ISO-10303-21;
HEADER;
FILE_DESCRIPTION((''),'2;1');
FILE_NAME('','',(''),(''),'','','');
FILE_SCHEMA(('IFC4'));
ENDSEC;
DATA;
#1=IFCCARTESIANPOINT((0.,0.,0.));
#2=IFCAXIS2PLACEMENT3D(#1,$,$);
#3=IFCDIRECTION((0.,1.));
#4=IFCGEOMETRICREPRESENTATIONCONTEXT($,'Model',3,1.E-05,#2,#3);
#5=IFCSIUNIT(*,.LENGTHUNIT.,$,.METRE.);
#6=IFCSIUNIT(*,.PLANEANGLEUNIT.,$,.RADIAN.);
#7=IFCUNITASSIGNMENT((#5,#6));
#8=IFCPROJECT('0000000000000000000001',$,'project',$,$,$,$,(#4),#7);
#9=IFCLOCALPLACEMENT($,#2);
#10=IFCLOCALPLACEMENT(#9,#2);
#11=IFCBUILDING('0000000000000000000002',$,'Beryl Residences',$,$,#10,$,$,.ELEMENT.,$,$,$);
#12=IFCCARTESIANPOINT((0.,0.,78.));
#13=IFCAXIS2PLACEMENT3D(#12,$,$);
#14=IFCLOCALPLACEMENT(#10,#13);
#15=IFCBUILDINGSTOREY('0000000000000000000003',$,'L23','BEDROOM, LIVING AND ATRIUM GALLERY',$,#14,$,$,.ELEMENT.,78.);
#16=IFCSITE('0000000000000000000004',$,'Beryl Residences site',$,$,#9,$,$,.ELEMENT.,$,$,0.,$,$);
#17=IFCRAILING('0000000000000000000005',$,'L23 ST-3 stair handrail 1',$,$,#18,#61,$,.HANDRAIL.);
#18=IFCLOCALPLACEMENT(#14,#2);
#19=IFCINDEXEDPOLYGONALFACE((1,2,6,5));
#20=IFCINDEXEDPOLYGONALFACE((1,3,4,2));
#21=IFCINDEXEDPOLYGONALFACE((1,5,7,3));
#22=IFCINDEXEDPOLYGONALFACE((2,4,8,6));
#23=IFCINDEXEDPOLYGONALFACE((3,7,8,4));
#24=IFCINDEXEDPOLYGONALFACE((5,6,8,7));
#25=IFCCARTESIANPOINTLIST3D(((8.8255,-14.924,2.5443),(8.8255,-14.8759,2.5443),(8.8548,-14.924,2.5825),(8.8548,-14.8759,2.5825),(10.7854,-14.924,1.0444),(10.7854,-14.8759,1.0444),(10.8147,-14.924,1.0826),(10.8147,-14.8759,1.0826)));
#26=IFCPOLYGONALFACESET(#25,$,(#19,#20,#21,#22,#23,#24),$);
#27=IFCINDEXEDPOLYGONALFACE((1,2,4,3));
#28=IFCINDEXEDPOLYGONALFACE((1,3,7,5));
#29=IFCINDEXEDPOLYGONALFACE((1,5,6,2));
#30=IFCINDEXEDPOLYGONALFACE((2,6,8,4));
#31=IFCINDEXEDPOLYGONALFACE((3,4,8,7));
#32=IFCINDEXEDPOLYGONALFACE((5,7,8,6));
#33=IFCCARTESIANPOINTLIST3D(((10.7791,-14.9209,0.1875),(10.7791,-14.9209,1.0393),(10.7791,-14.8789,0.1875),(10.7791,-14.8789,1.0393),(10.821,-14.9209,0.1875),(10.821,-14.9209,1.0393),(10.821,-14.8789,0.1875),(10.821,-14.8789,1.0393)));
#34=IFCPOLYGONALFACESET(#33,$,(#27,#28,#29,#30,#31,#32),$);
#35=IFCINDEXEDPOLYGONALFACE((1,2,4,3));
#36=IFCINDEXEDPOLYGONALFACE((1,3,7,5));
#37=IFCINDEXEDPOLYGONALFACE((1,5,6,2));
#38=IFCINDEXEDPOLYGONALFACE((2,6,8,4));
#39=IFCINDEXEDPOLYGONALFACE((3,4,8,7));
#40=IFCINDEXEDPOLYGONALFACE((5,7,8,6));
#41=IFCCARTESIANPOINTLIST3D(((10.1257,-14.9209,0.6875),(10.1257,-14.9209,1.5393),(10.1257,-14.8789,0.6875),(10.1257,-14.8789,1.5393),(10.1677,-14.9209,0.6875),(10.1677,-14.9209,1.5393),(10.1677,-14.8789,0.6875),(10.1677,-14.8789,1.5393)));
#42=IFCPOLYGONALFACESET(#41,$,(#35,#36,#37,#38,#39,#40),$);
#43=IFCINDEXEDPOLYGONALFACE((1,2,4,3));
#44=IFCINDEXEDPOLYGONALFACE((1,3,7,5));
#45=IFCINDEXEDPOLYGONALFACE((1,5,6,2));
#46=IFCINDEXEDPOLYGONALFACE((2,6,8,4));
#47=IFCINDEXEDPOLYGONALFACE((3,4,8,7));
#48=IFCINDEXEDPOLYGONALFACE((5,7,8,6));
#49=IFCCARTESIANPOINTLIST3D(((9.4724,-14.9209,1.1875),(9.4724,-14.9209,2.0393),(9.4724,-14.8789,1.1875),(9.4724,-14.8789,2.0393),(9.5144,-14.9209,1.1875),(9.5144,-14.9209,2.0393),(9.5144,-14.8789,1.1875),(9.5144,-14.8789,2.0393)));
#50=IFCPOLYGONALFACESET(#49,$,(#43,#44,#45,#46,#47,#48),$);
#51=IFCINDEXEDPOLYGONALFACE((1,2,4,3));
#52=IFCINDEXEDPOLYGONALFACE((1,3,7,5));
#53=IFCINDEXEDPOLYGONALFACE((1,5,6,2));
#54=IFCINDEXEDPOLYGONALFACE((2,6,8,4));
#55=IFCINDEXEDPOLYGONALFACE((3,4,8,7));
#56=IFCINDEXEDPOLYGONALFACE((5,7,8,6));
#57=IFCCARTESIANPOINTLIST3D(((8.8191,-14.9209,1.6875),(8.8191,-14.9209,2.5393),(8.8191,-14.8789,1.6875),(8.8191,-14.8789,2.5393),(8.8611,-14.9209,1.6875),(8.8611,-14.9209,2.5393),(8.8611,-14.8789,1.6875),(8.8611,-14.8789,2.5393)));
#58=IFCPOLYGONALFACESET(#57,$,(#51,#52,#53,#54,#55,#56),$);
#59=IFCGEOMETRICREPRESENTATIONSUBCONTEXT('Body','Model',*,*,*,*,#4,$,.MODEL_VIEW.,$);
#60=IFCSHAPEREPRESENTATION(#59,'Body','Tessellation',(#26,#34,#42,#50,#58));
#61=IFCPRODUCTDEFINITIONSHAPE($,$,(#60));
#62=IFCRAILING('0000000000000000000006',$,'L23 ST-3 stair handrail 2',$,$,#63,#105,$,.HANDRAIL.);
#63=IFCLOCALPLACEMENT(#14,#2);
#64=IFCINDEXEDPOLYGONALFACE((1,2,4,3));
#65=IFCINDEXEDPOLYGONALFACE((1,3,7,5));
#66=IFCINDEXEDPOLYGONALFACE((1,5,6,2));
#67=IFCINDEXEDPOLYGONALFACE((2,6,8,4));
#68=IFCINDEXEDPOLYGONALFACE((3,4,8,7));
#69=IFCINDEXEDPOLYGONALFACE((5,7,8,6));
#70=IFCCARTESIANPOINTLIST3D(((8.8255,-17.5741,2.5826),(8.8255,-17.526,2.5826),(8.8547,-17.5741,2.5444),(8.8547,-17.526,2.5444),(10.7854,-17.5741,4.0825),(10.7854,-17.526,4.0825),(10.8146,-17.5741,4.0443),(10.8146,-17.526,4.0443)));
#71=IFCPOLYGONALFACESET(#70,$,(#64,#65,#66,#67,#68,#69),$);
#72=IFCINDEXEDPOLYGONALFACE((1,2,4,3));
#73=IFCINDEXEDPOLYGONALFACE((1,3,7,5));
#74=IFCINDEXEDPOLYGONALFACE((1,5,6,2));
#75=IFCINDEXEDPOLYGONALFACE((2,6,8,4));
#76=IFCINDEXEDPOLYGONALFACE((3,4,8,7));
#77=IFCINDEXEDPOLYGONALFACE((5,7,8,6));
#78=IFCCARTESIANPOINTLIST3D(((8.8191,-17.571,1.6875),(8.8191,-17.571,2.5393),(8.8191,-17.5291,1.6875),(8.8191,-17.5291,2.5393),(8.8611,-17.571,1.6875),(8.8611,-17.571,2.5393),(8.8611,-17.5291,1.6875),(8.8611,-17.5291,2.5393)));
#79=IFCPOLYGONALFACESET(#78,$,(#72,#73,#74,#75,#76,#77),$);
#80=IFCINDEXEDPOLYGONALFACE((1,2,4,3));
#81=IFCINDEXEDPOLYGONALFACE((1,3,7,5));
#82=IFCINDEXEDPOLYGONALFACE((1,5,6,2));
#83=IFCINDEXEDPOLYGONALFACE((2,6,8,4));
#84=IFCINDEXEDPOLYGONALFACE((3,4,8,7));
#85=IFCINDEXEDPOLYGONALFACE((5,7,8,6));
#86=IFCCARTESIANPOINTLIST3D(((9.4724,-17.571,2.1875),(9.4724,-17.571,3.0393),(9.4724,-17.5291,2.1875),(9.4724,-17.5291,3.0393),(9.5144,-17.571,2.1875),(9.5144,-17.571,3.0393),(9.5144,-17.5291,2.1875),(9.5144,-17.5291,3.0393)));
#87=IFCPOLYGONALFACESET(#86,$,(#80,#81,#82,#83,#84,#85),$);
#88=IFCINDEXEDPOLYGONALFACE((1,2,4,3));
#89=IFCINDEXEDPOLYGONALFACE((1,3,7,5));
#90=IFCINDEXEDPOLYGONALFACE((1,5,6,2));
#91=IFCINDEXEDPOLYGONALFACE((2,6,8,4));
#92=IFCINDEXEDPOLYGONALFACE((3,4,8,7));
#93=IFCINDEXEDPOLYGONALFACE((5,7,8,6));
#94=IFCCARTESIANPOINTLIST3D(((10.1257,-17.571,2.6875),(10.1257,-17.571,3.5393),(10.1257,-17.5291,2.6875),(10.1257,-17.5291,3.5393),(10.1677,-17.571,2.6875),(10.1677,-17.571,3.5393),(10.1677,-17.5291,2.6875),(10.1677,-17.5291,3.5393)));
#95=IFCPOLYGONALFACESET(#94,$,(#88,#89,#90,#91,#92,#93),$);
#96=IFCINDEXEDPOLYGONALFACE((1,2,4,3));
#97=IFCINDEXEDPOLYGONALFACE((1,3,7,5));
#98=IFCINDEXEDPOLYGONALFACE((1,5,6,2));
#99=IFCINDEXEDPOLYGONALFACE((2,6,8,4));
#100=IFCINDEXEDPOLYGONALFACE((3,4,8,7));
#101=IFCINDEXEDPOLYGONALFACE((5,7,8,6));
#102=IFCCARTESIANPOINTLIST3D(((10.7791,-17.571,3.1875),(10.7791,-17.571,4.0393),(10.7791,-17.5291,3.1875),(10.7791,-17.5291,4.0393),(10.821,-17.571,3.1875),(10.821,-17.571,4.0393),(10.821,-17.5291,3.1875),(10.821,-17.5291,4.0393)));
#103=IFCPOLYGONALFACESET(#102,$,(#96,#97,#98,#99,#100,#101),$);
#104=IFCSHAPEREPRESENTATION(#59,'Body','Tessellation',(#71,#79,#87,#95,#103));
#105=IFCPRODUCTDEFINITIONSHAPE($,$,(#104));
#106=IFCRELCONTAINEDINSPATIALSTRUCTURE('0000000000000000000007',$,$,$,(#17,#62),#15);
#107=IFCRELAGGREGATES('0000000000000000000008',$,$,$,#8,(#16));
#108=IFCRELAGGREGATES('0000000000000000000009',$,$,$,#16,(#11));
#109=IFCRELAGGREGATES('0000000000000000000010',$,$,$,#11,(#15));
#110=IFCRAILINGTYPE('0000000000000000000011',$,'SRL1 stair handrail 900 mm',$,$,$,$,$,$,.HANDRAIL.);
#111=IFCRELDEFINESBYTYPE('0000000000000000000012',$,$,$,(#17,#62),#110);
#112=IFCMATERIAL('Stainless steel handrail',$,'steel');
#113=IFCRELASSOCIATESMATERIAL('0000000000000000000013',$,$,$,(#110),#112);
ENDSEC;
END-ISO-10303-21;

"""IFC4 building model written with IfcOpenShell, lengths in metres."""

from ifc_helpers import new_model, si_unit, direction, frame, origin, origin_2d, place, context, subcontext, project, spatial, rectangle, extrude, material, type_object, element, save


model = new_model("IFC4")

# Units and contexts
model_context = context("Model", 3, precision=1e-05, world=origin(), true_north=direction((0.0, 1.0)))
body_context = subcontext(model_context, "Body", "Model", "MODEL_VIEW")
ifc_project = project(units=[si_unit("LENGTHUNIT", "METRE"), si_unit("PLANEANGLEUNIT", "RADIAN")], contexts=[model_context])

# Site, building, storey
site_placement = place(None, origin())
site = spatial("IfcSite", under=ifc_project, at=site_placement, Name="Beryl Residences site", CompositionType="ELEMENT", RefElevation=0.0)
building_placement = place(site_placement, origin())
building = spatial("IfcBuilding", under=site, at=building_placement, Name="Beryl Residences", CompositionType="ELEMENT")
storey_placement = place(building_placement, frame((0.0, 0.0, 78.0)))
storey = spatial("IfcBuildingStorey", under=building, at=storey_placement, Name="L23", Description="BEDROOM, LIVING AND ATRIUM GALLERY", CompositionType="ELEMENT", Elevation=78.0)

# Railings
ifc_material_1 = material(Name="Stainless steel handrail", Category="steel")
railing_type_1 = type_object("IfcRailingType", Name="SRL1 stair handrail 900 mm", PredefinedType="HANDRAIL", material=ifc_material_1)
railing_1_placement = place(storey_placement, frame((10.8, -14.8999, 0.1875)))
element("IfcRailing", 1, at=railing_1_placement, inside=storey, type_object=railing_type_1, Name="L23 ST-3 stair handrail 1", PredefinedType="HANDRAIL", context=body_context, shape_type="SweptSolid", body=[
    extrude(rectangle(XDim=0.0481, YDim=0.0481, at=origin_2d()), frame((0.0, 0.0, 0.876), z_axis=(-0.794122, 0.0, 0.607758), x_axis=(0.0, -1.0, 0.0)), (0.0, 0.0, 1.0), 2.468),
    extrude(rectangle(XDim=0.042, YDim=0.042, at=origin_2d()), origin(), (0.0, 0.0, 1.0), 0.8518),
    extrude(rectangle(XDim=0.042, YDim=0.042, at=origin_2d()), frame((-0.6533, 0.0, 0.5)), (0.0, 0.0, 1.0), 0.8518),
    extrude(rectangle(XDim=0.042, YDim=0.042, at=origin_2d()), frame((-1.3066, 0.0, 1.0)), (0.0, 0.0, 1.0), 0.8518),
    extrude(rectangle(XDim=0.042, YDim=0.042, at=origin_2d()), frame((-1.96, 0.0, 1.5)), (0.0, 0.0, 1.0), 0.8518),
])
railing_2_placement = place(storey_placement, frame((8.8401, -17.55, 1.6875)))
element("IfcRailing", 2, at=railing_2_placement, inside=storey, type_object=railing_type_1, Name="L23 ST-3 stair handrail 2", PredefinedType="HANDRAIL", context=body_context, shape_type="SweptSolid", body=[
    extrude(rectangle(XDim=0.0481, YDim=0.0481, at=origin_2d()), frame((0.0, 0.0, 0.876), z_axis=(0.794122, 0.0, 0.607758), x_axis=(0.0, 1.0, 0.0)), (0.0, 0.0, 1.0), 2.468),
    extrude(rectangle(XDim=0.042, YDim=0.042, at=origin_2d()), origin(), (0.0, 0.0, 1.0), 0.8518),
    extrude(rectangle(XDim=0.042, YDim=0.042, at=origin_2d()), frame((0.6533, 0.0, 0.5)), (0.0, 0.0, 1.0), 0.8518),
    extrude(rectangle(XDim=0.042, YDim=0.042, at=origin_2d()), frame((1.3066, 0.0, 1.0)), (0.0, 0.0, 1.0), 0.8518),
    extrude(rectangle(XDim=0.042, YDim=0.042, at=origin_2d()), frame((1.96, 0.0, 1.5)), (0.0, 0.0, 1.0), 0.8518),
])

save(model, "model.ifc")
